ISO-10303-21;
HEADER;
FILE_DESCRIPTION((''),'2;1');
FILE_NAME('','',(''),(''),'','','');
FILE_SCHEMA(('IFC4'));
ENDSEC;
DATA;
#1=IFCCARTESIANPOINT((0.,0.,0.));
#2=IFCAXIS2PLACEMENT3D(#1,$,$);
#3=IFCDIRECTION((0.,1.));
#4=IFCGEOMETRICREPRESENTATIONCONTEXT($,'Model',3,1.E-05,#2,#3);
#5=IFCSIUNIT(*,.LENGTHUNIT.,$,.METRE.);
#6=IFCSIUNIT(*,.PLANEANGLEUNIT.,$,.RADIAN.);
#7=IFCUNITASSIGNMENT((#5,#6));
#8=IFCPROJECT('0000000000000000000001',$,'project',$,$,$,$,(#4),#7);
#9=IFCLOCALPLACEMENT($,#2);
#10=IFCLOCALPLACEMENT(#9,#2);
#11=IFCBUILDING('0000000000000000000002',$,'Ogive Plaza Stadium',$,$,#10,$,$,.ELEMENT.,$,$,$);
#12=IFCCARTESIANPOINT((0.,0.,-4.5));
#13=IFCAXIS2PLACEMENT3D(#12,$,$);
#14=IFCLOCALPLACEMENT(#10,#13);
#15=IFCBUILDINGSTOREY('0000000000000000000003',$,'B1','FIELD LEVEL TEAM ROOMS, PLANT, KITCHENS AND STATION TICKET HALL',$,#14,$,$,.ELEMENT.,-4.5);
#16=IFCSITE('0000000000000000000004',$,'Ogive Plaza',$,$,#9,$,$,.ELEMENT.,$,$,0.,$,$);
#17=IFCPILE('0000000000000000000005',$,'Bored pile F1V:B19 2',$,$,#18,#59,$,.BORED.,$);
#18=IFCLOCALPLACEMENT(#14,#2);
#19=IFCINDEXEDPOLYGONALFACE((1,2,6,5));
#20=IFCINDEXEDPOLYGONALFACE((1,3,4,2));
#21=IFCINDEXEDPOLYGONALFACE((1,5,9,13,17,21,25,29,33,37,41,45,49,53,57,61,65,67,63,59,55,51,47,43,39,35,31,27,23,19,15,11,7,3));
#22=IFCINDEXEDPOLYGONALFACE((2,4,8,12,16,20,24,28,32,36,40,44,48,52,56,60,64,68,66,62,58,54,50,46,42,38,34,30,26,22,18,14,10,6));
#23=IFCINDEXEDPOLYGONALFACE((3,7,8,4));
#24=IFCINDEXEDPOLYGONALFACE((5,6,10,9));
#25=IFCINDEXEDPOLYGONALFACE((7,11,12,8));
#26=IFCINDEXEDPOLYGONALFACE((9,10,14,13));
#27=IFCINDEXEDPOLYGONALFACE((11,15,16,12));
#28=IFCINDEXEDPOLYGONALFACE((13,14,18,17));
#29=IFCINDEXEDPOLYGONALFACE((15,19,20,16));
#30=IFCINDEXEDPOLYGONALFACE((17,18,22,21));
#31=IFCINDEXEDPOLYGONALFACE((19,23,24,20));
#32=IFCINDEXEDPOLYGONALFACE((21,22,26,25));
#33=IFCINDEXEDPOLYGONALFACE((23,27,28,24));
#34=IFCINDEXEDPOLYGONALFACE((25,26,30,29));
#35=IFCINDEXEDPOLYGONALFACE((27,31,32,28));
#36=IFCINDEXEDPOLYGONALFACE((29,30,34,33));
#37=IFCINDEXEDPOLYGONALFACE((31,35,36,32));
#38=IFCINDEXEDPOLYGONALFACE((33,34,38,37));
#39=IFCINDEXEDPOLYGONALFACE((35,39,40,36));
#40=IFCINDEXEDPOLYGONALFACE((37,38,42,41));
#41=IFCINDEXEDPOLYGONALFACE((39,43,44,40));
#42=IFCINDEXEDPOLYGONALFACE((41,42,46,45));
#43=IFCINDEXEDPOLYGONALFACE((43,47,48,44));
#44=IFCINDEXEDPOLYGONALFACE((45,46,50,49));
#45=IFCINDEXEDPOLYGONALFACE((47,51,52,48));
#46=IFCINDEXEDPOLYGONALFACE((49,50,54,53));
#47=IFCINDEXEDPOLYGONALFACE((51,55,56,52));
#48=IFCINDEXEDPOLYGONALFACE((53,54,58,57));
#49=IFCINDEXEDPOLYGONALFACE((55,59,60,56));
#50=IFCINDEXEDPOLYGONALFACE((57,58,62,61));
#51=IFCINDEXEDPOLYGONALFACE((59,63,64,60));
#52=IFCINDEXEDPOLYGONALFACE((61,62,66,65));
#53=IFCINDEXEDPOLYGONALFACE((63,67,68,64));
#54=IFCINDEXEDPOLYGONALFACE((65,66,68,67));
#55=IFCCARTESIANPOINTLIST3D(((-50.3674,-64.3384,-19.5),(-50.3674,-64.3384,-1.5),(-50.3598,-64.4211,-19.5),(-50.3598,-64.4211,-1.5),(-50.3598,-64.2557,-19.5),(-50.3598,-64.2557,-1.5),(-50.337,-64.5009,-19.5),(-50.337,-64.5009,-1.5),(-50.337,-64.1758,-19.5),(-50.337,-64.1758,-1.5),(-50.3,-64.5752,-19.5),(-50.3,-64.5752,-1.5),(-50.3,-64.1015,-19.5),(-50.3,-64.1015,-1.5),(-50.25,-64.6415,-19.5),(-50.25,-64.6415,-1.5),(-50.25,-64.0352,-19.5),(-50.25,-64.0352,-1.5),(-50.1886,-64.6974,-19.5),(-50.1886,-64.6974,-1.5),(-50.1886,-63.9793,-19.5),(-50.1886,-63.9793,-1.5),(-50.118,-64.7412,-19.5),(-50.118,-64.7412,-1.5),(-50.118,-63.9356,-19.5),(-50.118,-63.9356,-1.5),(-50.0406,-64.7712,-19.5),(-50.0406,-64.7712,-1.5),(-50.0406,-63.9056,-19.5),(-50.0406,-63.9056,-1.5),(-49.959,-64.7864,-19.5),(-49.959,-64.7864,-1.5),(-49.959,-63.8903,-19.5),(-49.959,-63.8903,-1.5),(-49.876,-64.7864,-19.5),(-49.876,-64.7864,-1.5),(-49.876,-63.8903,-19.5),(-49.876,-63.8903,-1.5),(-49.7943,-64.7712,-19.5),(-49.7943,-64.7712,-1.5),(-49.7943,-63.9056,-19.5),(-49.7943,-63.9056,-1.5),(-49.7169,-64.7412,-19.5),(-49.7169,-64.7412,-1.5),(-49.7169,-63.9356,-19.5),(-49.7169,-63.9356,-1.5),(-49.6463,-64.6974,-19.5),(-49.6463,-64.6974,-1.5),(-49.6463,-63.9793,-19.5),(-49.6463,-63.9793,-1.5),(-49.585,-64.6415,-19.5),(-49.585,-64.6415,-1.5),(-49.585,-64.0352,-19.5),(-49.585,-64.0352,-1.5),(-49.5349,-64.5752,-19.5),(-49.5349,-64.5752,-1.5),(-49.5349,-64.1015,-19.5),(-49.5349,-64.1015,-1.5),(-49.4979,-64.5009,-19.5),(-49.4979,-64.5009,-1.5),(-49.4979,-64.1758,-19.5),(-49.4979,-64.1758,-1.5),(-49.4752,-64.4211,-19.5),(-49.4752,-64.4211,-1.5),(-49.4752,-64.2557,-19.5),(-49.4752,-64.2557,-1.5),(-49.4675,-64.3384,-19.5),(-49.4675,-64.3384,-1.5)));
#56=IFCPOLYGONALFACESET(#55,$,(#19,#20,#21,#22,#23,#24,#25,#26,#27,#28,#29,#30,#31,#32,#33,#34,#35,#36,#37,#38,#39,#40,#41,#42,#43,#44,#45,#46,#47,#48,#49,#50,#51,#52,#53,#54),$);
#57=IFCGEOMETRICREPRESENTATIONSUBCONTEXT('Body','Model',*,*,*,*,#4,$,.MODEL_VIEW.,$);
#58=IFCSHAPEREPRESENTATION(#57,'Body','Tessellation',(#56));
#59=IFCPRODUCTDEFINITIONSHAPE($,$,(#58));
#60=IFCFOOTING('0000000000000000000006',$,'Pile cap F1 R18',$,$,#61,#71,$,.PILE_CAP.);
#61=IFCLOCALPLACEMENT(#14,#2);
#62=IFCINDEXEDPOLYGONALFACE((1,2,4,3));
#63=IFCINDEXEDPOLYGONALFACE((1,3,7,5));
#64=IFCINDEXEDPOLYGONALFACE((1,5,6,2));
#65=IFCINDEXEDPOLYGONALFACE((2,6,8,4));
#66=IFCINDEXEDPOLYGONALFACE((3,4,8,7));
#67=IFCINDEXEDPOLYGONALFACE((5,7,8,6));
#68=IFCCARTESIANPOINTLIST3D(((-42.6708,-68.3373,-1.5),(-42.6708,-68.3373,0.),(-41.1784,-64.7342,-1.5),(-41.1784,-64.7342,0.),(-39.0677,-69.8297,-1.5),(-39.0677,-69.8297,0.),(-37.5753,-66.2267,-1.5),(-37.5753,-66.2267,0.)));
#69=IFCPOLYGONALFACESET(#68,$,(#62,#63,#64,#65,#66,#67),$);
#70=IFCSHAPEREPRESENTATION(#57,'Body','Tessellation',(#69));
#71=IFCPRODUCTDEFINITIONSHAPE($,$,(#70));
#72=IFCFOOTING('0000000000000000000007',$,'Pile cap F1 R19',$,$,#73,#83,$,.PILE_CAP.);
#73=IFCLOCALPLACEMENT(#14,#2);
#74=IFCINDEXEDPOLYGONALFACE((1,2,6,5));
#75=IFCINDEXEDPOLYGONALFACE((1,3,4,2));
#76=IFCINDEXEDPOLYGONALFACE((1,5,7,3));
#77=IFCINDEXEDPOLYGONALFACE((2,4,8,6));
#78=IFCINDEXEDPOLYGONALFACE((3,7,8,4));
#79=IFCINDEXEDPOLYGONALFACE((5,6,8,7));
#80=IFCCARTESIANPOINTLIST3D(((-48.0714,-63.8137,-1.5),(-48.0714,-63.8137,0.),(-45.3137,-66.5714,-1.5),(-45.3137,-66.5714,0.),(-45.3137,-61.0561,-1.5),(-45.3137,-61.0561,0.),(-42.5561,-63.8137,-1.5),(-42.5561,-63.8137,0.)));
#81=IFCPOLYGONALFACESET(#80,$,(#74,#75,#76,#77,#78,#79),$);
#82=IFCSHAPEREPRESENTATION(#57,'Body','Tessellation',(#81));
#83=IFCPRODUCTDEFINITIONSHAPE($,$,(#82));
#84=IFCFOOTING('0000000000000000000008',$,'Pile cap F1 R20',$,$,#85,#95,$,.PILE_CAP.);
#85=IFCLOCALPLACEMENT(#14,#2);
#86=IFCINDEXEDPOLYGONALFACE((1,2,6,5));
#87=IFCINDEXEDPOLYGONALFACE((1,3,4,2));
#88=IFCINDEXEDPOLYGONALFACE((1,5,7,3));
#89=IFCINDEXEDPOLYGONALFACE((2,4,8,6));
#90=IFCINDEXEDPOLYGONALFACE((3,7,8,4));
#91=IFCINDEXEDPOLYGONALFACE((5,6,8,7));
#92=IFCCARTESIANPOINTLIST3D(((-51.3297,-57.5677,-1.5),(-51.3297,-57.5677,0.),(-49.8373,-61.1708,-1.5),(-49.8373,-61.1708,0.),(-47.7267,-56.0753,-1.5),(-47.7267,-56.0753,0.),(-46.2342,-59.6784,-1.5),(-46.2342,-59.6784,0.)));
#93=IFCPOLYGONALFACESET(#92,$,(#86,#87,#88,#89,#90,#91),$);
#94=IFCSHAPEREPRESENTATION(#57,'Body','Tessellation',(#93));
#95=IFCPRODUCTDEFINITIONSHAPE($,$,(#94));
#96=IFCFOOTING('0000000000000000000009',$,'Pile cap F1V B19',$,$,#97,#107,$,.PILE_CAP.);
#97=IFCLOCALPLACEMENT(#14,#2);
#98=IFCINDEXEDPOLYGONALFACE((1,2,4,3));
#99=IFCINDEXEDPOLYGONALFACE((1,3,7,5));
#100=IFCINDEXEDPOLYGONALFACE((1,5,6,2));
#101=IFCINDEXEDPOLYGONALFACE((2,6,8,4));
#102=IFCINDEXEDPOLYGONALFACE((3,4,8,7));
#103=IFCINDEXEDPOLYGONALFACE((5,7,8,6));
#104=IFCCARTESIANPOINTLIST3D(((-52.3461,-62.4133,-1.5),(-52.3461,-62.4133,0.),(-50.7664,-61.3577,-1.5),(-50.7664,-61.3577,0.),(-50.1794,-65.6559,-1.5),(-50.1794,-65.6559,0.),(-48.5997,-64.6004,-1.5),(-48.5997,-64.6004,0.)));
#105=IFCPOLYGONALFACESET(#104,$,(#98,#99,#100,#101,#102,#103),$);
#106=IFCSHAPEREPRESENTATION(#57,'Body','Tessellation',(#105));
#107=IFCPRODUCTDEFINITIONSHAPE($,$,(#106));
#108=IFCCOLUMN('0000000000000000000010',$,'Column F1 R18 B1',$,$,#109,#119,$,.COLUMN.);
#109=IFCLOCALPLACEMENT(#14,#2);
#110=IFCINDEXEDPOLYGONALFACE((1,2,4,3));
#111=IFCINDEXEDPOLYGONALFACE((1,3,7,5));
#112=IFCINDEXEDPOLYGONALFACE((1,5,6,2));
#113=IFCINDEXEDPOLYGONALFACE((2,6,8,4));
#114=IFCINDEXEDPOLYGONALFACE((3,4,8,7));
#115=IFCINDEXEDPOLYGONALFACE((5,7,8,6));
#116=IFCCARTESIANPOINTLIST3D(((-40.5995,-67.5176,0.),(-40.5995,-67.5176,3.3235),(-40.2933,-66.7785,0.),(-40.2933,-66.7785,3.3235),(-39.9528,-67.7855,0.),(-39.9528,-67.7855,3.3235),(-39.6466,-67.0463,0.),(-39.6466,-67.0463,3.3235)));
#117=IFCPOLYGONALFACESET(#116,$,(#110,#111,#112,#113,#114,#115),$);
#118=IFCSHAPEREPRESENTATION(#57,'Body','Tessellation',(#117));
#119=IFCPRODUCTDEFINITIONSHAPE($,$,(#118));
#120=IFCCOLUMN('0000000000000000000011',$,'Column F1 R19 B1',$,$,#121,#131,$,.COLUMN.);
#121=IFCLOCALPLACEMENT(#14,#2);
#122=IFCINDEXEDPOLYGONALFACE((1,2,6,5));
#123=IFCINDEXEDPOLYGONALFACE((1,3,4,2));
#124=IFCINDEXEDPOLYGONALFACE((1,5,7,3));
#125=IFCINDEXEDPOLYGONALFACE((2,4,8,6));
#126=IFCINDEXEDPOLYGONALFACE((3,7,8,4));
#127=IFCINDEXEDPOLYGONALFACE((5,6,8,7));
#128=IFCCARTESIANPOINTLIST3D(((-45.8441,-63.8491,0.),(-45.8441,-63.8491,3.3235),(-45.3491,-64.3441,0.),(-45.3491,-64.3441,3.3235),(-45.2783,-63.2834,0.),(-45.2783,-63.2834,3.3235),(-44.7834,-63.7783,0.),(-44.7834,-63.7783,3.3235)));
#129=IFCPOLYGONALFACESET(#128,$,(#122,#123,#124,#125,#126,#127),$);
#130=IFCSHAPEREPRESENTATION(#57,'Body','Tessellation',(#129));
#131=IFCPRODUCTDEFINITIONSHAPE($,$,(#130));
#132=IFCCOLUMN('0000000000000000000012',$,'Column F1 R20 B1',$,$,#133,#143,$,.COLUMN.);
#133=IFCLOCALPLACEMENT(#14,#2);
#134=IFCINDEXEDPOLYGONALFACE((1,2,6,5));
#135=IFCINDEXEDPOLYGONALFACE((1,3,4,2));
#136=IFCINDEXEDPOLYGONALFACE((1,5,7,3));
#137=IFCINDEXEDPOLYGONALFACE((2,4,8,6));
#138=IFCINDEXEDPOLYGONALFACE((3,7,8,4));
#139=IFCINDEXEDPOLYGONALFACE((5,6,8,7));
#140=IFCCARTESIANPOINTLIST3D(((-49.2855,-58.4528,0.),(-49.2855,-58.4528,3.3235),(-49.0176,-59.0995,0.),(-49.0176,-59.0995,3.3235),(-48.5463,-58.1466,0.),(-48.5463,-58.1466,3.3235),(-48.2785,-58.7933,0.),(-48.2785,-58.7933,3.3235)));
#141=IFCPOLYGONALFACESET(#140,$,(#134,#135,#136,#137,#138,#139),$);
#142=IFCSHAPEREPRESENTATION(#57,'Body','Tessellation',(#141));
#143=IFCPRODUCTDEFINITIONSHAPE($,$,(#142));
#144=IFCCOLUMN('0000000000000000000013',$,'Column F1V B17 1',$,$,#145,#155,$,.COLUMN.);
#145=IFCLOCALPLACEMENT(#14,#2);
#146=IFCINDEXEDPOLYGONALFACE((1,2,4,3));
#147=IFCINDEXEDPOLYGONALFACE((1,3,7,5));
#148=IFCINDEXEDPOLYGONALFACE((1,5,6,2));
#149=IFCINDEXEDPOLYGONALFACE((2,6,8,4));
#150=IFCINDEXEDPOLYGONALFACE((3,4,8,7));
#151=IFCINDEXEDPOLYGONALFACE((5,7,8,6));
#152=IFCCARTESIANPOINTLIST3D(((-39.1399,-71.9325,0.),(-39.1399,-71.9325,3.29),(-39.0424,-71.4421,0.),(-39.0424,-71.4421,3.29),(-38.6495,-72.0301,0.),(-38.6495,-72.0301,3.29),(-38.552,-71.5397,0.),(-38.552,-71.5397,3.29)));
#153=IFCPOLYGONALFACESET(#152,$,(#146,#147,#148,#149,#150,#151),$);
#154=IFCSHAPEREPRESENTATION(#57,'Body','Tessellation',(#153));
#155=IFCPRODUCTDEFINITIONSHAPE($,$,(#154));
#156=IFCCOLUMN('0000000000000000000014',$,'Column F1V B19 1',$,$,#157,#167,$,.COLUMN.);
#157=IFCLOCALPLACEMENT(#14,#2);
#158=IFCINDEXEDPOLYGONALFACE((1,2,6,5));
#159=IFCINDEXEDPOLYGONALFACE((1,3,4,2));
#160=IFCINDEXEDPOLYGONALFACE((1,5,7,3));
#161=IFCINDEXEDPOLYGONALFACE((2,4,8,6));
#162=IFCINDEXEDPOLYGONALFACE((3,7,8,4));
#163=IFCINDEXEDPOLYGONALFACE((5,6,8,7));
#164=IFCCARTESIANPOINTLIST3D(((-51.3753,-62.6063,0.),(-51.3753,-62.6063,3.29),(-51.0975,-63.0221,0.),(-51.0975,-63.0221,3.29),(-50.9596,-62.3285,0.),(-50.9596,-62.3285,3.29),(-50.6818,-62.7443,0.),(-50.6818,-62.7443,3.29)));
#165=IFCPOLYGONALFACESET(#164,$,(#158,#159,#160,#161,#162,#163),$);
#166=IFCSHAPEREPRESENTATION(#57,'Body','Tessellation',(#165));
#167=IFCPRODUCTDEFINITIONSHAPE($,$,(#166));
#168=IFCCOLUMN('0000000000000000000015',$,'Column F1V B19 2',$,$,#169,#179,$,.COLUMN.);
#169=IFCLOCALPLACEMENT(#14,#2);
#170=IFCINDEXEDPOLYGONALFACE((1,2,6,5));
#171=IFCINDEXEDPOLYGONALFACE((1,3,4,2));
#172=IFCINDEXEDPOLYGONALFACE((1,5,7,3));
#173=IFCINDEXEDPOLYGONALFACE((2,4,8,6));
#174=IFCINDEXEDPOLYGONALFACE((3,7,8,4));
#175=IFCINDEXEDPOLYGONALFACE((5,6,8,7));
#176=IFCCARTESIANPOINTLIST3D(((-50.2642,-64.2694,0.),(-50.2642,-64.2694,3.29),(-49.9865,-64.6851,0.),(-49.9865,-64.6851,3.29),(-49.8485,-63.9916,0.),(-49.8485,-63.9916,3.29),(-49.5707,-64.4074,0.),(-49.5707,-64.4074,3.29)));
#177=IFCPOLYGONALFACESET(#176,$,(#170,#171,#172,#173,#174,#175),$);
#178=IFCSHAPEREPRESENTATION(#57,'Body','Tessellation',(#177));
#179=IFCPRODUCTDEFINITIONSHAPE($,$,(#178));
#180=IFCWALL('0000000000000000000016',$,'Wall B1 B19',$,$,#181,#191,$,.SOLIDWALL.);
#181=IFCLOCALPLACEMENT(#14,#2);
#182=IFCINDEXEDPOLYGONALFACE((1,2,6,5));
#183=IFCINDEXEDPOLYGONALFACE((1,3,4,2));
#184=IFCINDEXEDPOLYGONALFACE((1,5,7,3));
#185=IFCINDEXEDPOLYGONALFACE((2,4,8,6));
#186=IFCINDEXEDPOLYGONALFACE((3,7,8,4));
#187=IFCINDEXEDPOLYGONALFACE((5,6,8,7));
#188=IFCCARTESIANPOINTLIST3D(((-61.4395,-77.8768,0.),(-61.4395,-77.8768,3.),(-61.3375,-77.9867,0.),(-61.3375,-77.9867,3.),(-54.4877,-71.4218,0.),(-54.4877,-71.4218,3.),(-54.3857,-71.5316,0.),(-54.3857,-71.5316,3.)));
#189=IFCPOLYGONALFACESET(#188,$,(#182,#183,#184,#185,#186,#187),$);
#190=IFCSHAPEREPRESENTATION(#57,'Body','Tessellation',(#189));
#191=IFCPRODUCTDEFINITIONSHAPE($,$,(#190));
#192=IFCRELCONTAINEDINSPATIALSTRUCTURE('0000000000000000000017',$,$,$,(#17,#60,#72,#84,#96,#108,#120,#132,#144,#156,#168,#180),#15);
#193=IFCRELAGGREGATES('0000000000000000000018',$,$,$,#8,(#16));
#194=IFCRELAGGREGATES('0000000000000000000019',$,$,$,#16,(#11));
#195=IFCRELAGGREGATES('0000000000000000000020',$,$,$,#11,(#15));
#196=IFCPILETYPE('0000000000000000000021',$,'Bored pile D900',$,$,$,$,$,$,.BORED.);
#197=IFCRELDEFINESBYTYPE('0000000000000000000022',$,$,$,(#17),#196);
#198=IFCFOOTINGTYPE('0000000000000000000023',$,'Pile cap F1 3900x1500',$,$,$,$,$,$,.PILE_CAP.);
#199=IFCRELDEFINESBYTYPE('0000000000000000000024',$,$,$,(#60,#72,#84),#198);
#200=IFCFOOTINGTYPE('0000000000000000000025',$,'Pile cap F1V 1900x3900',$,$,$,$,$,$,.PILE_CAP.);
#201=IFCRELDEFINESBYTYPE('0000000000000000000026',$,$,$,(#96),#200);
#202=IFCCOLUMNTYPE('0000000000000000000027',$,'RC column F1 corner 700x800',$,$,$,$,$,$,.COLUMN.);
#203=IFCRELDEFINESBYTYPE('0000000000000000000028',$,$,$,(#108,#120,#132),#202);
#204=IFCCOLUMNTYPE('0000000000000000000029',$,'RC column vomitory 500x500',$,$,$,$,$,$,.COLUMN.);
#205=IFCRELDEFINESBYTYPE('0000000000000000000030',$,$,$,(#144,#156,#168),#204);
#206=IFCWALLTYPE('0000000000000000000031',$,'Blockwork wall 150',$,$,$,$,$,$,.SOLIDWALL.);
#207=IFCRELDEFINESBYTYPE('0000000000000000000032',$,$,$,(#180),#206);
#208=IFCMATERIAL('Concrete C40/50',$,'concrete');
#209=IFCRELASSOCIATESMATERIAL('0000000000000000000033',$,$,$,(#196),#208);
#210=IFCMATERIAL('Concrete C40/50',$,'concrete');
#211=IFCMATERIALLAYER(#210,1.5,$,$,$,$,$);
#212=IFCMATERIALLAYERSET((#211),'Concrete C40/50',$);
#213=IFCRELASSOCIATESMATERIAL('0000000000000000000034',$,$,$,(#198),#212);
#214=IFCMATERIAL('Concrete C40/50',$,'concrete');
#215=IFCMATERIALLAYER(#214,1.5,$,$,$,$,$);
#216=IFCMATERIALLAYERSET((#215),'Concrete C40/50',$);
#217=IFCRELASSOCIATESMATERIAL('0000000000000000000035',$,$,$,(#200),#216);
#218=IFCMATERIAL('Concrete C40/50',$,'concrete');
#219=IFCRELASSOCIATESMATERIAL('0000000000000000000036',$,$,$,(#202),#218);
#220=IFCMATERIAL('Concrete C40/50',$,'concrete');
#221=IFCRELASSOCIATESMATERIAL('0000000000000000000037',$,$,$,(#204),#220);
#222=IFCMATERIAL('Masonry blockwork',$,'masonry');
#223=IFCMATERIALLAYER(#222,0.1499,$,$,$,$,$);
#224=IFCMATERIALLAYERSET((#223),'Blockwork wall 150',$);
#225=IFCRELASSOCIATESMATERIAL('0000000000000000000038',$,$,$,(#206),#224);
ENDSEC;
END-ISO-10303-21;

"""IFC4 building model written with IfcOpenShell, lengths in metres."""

from ifc_helpers import new_model, si_unit, direction, frame, frame_2d, origin, origin_2d, place, context, subcontext, project, spatial, rectangle, circle, extrude, material, layer, layer_set, material_profile, profile_set, type_object, element, save


model = new_model("IFC4")

# Units and contexts
model_context = context("Model", 3, precision=1e-05, world=origin(), true_north=direction((0.0, 1.0)))
body_context = subcontext(model_context, "Body", "Model", "MODEL_VIEW")
ifc_project = project(units=[si_unit("LENGTHUNIT", "METRE"), si_unit("PLANEANGLEUNIT", "RADIAN")], contexts=[model_context])

# Site, building, storey
site_placement = place(None, origin())
site = spatial("IfcSite", under=ifc_project, at=site_placement, Name="Ogive Plaza", CompositionType="ELEMENT", RefElevation=0.0)
building_placement = place(site_placement, origin())
building = spatial("IfcBuilding", under=site, at=building_placement, Name="Ogive Plaza Stadium", CompositionType="ELEMENT")
storey_placement = place(building_placement, frame((0.0, 0.0, -4.5)))
storey = spatial("IfcBuildingStorey", under=building, at=storey_placement, Name="B1", Description="FIELD LEVEL TEAM ROOMS, PLANT, KITCHENS AND STATION TICKET HALL", CompositionType="ELEMENT", Elevation=-4.5)

# Pile
ifc_material_1 = material(Name="Concrete C40/50", Category="concrete")
ifc_material_profile_1 = material_profile(ifc_material_1, circle(Radius=0.45, at=origin_2d()), Name="RC D900")
ifc_profile_set_1 = profile_set([ifc_material_profile_1], Name="Concrete C40/50")
pile_type_1 = type_object("IfcPileType", Name="Bored pile D900", PredefinedType="BORED", material=ifc_profile_set_1)
for number, where, z_axis, x_axis, name in (
    (1, (-49.9175, -64.3384, -1.5), (0.0, 0.0, -1.0), (1.0, 0.0, 0.0), "Bored pile F1V:B19 2"),
):
    element("IfcPile", number, at=place(storey_placement, frame(where, z_axis=z_axis, x_axis=x_axis)), inside=storey, type_object=pile_type_1, Name=name, PredefinedType="BORED", context=body_context, shape_type="SweptSolid", body=[
        extrude(circle(Radius=0.45, at=origin_2d()), origin(), (0.0, 0.0, 1.0), 18.0),
    ])

# Footings
ifc_material_2 = material(Name="Concrete C40/50", Category="concrete")
ifc_layer_1 = layer(ifc_material_2, 1.5)
ifc_layer_set_1 = layer_set([ifc_layer_1], Name="Concrete C40/50")
footing_type_1 = type_object("IfcFootingType", Name="Pile cap F1 3900x1500", PredefinedType="PILE_CAP", material=ifc_layer_set_1)
for number, where, z_axis, x_axis, name in (
    (2, (-40.123, -67.282, -1.5), (0.0, 0.0, 1.0), (-0.382683, -0.92388, 0.0), "Pile cap F1 R18"),
    (3, (-45.3137, -63.8137, -1.5), (0.0, 0.0, 1.0), (-0.707107, -0.707107, 0.0), "Pile cap F1 R19"),
    (4, (-48.782, -58.623, -1.5), (0.0, 0.0, 1.0), (-0.92388, -0.382683, 0.0), "Pile cap F1 R20"),
):
    element("IfcFooting", number, at=place(storey_placement, frame(where, z_axis=z_axis, x_axis=x_axis)), inside=storey, type_object=footing_type_1, Name=name, PredefinedType="PILE_CAP", context=body_context, shape_type="SweptSolid", body=[
        extrude(rectangle(XDim=3.8999, YDim=3.8999, at=origin_2d()), origin(), (0.0, 0.0, 1.0), 1.5),
    ])
ifc_material_3 = material(Name="Concrete C40/50", Category="concrete")
ifc_layer_2 = layer(ifc_material_3, 1.5)
ifc_layer_set_2 = layer_set([ifc_layer_2], Name="Concrete C40/50")
footing_type_2 = type_object("IfcFootingType", Name="Pile cap F1V 1900x3900", PredefinedType="PILE_CAP", material=ifc_layer_set_2)
footing_placement = place(storey_placement, frame((-50.4729, -63.5068, -1.5), z_axis=(0.0, 0.0, 1.0), x_axis=(-0.83147, -0.55557, 0.0)))
element("IfcFooting", 5, at=footing_placement, inside=storey, type_object=footing_type_2, Name="Pile cap F1V B19", PredefinedType="PILE_CAP", context=body_context, shape_type="SweptSolid", body=[
    extrude(rectangle(XDim=1.8999, YDim=3.8999, at=origin_2d()), origin(), (0.0, 0.0, 1.0), 1.5),
])

# Columns
ifc_material_4 = material(Name="Concrete C40/50", Category="concrete")
ifc_material_profile_2 = material_profile(ifc_material_4, rectangle(XDim=0.7, YDim=0.8, at=origin_2d()), Name="RC 700x800")
ifc_profile_set_2 = profile_set([ifc_material_profile_2], Name="Concrete C40/50")
column_type_1 = type_object("IfcColumnType", Name="RC column F1 corner 700x800", PredefinedType="COLUMN", material=ifc_profile_set_2)
for number, where, z_axis, x_axis, name in (
    (6, (-40.123, -67.282, 0.0), (0.0, 0.0, 1.0), (0.92388, -0.382683, 0.0), "Column F1 R18 B1"),
    (7, (-45.3137, -63.8137, 0.0), (0.0, 0.0, 1.0), (0.707107, -0.707107, 0.0), "Column F1 R19 B1"),
    (8, (-48.782, -58.623, 0.0), (0.0, 0.0, 1.0), (0.382683, -0.92388, 0.0), "Column F1 R20 B1"),
):
    element("IfcColumn", number, at=place(storey_placement, frame(where, z_axis=z_axis, x_axis=x_axis)), inside=storey, type_object=column_type_1, Name=name, PredefinedType="COLUMN", context=body_context, shape_type="SweptSolid", body=[
        extrude(rectangle(XDim=0.7, YDim=0.8, at=origin_2d()), origin(), (0.0, 0.0, 1.0), 3.3235),
    ])
ifc_material_5 = material(Name="Concrete C40/50", Category="concrete")
ifc_material_profile_3 = material_profile(ifc_material_5, rectangle(XDim=0.5, YDim=0.5, at=origin_2d()), Name="RC 500x500")
ifc_profile_set_3 = profile_set([ifc_material_profile_3], Name="Concrete C40/50")
column_type_2 = type_object("IfcColumnType", Name="RC column vomitory 500x500", PredefinedType="COLUMN", material=ifc_profile_set_3)
for number, where, z_axis, x_axis, name in (
    (9, (-38.8459, -71.7361, 0.0), (0.0, 0.0, 1.0), (0.980785, -0.19509, 0.0), "Column F1V B17 1"),
    (10, (-51.0286, -62.6753, 0.0), (0.0, 0.0, 1.0), (0.55557, -0.83147, 0.0), "Column F1V B19 1"),
    (11, (-49.9175, -64.3384, 0.0), (0.0, 0.0, 1.0), (0.55557, -0.83147, 0.0), "Column F1V B19 2"),
):
    element("IfcColumn", number, at=place(storey_placement, frame(where, z_axis=z_axis, x_axis=x_axis)), inside=storey, type_object=column_type_2, Name=name, PredefinedType="COLUMN", context=body_context, shape_type="SweptSolid", body=[
        extrude(rectangle(XDim=0.5, YDim=0.5, at=origin_2d()), origin(), (0.0, 0.0, 1.0), 3.29),
    ])

# Wall
ifc_material_6 = material(Name="Masonry blockwork", Category="masonry")
ifc_layer_3 = layer(ifc_material_6, 0.1499)
ifc_layer_set_3 = layer_set([ifc_layer_3], Name="Blockwork wall 150")
wall_type = type_object("IfcWallType", Name="Blockwork wall 150", PredefinedType="SOLIDWALL", material=ifc_layer_set_3)
wall_placement = place(storey_placement, frame((-54.4368, -71.4768, 0.0), z_axis=(0.0, 0.0, 1.0), x_axis=(-0.732807, -0.680436, 0.0)))
element("IfcWall", 12, at=wall_placement, inside=storey, type_object=wall_type, Name="Wall B1 B19", PredefinedType="SOLIDWALL", context=body_context, shape_type="SweptSolid", body=[
    extrude(rectangle(XDim=9.4866, YDim=0.1499, at=frame_2d((4.7432, 0.0))), origin(), (0.0, 0.0, 1.0), 3.0),
])

save(model, "model.ifc")
